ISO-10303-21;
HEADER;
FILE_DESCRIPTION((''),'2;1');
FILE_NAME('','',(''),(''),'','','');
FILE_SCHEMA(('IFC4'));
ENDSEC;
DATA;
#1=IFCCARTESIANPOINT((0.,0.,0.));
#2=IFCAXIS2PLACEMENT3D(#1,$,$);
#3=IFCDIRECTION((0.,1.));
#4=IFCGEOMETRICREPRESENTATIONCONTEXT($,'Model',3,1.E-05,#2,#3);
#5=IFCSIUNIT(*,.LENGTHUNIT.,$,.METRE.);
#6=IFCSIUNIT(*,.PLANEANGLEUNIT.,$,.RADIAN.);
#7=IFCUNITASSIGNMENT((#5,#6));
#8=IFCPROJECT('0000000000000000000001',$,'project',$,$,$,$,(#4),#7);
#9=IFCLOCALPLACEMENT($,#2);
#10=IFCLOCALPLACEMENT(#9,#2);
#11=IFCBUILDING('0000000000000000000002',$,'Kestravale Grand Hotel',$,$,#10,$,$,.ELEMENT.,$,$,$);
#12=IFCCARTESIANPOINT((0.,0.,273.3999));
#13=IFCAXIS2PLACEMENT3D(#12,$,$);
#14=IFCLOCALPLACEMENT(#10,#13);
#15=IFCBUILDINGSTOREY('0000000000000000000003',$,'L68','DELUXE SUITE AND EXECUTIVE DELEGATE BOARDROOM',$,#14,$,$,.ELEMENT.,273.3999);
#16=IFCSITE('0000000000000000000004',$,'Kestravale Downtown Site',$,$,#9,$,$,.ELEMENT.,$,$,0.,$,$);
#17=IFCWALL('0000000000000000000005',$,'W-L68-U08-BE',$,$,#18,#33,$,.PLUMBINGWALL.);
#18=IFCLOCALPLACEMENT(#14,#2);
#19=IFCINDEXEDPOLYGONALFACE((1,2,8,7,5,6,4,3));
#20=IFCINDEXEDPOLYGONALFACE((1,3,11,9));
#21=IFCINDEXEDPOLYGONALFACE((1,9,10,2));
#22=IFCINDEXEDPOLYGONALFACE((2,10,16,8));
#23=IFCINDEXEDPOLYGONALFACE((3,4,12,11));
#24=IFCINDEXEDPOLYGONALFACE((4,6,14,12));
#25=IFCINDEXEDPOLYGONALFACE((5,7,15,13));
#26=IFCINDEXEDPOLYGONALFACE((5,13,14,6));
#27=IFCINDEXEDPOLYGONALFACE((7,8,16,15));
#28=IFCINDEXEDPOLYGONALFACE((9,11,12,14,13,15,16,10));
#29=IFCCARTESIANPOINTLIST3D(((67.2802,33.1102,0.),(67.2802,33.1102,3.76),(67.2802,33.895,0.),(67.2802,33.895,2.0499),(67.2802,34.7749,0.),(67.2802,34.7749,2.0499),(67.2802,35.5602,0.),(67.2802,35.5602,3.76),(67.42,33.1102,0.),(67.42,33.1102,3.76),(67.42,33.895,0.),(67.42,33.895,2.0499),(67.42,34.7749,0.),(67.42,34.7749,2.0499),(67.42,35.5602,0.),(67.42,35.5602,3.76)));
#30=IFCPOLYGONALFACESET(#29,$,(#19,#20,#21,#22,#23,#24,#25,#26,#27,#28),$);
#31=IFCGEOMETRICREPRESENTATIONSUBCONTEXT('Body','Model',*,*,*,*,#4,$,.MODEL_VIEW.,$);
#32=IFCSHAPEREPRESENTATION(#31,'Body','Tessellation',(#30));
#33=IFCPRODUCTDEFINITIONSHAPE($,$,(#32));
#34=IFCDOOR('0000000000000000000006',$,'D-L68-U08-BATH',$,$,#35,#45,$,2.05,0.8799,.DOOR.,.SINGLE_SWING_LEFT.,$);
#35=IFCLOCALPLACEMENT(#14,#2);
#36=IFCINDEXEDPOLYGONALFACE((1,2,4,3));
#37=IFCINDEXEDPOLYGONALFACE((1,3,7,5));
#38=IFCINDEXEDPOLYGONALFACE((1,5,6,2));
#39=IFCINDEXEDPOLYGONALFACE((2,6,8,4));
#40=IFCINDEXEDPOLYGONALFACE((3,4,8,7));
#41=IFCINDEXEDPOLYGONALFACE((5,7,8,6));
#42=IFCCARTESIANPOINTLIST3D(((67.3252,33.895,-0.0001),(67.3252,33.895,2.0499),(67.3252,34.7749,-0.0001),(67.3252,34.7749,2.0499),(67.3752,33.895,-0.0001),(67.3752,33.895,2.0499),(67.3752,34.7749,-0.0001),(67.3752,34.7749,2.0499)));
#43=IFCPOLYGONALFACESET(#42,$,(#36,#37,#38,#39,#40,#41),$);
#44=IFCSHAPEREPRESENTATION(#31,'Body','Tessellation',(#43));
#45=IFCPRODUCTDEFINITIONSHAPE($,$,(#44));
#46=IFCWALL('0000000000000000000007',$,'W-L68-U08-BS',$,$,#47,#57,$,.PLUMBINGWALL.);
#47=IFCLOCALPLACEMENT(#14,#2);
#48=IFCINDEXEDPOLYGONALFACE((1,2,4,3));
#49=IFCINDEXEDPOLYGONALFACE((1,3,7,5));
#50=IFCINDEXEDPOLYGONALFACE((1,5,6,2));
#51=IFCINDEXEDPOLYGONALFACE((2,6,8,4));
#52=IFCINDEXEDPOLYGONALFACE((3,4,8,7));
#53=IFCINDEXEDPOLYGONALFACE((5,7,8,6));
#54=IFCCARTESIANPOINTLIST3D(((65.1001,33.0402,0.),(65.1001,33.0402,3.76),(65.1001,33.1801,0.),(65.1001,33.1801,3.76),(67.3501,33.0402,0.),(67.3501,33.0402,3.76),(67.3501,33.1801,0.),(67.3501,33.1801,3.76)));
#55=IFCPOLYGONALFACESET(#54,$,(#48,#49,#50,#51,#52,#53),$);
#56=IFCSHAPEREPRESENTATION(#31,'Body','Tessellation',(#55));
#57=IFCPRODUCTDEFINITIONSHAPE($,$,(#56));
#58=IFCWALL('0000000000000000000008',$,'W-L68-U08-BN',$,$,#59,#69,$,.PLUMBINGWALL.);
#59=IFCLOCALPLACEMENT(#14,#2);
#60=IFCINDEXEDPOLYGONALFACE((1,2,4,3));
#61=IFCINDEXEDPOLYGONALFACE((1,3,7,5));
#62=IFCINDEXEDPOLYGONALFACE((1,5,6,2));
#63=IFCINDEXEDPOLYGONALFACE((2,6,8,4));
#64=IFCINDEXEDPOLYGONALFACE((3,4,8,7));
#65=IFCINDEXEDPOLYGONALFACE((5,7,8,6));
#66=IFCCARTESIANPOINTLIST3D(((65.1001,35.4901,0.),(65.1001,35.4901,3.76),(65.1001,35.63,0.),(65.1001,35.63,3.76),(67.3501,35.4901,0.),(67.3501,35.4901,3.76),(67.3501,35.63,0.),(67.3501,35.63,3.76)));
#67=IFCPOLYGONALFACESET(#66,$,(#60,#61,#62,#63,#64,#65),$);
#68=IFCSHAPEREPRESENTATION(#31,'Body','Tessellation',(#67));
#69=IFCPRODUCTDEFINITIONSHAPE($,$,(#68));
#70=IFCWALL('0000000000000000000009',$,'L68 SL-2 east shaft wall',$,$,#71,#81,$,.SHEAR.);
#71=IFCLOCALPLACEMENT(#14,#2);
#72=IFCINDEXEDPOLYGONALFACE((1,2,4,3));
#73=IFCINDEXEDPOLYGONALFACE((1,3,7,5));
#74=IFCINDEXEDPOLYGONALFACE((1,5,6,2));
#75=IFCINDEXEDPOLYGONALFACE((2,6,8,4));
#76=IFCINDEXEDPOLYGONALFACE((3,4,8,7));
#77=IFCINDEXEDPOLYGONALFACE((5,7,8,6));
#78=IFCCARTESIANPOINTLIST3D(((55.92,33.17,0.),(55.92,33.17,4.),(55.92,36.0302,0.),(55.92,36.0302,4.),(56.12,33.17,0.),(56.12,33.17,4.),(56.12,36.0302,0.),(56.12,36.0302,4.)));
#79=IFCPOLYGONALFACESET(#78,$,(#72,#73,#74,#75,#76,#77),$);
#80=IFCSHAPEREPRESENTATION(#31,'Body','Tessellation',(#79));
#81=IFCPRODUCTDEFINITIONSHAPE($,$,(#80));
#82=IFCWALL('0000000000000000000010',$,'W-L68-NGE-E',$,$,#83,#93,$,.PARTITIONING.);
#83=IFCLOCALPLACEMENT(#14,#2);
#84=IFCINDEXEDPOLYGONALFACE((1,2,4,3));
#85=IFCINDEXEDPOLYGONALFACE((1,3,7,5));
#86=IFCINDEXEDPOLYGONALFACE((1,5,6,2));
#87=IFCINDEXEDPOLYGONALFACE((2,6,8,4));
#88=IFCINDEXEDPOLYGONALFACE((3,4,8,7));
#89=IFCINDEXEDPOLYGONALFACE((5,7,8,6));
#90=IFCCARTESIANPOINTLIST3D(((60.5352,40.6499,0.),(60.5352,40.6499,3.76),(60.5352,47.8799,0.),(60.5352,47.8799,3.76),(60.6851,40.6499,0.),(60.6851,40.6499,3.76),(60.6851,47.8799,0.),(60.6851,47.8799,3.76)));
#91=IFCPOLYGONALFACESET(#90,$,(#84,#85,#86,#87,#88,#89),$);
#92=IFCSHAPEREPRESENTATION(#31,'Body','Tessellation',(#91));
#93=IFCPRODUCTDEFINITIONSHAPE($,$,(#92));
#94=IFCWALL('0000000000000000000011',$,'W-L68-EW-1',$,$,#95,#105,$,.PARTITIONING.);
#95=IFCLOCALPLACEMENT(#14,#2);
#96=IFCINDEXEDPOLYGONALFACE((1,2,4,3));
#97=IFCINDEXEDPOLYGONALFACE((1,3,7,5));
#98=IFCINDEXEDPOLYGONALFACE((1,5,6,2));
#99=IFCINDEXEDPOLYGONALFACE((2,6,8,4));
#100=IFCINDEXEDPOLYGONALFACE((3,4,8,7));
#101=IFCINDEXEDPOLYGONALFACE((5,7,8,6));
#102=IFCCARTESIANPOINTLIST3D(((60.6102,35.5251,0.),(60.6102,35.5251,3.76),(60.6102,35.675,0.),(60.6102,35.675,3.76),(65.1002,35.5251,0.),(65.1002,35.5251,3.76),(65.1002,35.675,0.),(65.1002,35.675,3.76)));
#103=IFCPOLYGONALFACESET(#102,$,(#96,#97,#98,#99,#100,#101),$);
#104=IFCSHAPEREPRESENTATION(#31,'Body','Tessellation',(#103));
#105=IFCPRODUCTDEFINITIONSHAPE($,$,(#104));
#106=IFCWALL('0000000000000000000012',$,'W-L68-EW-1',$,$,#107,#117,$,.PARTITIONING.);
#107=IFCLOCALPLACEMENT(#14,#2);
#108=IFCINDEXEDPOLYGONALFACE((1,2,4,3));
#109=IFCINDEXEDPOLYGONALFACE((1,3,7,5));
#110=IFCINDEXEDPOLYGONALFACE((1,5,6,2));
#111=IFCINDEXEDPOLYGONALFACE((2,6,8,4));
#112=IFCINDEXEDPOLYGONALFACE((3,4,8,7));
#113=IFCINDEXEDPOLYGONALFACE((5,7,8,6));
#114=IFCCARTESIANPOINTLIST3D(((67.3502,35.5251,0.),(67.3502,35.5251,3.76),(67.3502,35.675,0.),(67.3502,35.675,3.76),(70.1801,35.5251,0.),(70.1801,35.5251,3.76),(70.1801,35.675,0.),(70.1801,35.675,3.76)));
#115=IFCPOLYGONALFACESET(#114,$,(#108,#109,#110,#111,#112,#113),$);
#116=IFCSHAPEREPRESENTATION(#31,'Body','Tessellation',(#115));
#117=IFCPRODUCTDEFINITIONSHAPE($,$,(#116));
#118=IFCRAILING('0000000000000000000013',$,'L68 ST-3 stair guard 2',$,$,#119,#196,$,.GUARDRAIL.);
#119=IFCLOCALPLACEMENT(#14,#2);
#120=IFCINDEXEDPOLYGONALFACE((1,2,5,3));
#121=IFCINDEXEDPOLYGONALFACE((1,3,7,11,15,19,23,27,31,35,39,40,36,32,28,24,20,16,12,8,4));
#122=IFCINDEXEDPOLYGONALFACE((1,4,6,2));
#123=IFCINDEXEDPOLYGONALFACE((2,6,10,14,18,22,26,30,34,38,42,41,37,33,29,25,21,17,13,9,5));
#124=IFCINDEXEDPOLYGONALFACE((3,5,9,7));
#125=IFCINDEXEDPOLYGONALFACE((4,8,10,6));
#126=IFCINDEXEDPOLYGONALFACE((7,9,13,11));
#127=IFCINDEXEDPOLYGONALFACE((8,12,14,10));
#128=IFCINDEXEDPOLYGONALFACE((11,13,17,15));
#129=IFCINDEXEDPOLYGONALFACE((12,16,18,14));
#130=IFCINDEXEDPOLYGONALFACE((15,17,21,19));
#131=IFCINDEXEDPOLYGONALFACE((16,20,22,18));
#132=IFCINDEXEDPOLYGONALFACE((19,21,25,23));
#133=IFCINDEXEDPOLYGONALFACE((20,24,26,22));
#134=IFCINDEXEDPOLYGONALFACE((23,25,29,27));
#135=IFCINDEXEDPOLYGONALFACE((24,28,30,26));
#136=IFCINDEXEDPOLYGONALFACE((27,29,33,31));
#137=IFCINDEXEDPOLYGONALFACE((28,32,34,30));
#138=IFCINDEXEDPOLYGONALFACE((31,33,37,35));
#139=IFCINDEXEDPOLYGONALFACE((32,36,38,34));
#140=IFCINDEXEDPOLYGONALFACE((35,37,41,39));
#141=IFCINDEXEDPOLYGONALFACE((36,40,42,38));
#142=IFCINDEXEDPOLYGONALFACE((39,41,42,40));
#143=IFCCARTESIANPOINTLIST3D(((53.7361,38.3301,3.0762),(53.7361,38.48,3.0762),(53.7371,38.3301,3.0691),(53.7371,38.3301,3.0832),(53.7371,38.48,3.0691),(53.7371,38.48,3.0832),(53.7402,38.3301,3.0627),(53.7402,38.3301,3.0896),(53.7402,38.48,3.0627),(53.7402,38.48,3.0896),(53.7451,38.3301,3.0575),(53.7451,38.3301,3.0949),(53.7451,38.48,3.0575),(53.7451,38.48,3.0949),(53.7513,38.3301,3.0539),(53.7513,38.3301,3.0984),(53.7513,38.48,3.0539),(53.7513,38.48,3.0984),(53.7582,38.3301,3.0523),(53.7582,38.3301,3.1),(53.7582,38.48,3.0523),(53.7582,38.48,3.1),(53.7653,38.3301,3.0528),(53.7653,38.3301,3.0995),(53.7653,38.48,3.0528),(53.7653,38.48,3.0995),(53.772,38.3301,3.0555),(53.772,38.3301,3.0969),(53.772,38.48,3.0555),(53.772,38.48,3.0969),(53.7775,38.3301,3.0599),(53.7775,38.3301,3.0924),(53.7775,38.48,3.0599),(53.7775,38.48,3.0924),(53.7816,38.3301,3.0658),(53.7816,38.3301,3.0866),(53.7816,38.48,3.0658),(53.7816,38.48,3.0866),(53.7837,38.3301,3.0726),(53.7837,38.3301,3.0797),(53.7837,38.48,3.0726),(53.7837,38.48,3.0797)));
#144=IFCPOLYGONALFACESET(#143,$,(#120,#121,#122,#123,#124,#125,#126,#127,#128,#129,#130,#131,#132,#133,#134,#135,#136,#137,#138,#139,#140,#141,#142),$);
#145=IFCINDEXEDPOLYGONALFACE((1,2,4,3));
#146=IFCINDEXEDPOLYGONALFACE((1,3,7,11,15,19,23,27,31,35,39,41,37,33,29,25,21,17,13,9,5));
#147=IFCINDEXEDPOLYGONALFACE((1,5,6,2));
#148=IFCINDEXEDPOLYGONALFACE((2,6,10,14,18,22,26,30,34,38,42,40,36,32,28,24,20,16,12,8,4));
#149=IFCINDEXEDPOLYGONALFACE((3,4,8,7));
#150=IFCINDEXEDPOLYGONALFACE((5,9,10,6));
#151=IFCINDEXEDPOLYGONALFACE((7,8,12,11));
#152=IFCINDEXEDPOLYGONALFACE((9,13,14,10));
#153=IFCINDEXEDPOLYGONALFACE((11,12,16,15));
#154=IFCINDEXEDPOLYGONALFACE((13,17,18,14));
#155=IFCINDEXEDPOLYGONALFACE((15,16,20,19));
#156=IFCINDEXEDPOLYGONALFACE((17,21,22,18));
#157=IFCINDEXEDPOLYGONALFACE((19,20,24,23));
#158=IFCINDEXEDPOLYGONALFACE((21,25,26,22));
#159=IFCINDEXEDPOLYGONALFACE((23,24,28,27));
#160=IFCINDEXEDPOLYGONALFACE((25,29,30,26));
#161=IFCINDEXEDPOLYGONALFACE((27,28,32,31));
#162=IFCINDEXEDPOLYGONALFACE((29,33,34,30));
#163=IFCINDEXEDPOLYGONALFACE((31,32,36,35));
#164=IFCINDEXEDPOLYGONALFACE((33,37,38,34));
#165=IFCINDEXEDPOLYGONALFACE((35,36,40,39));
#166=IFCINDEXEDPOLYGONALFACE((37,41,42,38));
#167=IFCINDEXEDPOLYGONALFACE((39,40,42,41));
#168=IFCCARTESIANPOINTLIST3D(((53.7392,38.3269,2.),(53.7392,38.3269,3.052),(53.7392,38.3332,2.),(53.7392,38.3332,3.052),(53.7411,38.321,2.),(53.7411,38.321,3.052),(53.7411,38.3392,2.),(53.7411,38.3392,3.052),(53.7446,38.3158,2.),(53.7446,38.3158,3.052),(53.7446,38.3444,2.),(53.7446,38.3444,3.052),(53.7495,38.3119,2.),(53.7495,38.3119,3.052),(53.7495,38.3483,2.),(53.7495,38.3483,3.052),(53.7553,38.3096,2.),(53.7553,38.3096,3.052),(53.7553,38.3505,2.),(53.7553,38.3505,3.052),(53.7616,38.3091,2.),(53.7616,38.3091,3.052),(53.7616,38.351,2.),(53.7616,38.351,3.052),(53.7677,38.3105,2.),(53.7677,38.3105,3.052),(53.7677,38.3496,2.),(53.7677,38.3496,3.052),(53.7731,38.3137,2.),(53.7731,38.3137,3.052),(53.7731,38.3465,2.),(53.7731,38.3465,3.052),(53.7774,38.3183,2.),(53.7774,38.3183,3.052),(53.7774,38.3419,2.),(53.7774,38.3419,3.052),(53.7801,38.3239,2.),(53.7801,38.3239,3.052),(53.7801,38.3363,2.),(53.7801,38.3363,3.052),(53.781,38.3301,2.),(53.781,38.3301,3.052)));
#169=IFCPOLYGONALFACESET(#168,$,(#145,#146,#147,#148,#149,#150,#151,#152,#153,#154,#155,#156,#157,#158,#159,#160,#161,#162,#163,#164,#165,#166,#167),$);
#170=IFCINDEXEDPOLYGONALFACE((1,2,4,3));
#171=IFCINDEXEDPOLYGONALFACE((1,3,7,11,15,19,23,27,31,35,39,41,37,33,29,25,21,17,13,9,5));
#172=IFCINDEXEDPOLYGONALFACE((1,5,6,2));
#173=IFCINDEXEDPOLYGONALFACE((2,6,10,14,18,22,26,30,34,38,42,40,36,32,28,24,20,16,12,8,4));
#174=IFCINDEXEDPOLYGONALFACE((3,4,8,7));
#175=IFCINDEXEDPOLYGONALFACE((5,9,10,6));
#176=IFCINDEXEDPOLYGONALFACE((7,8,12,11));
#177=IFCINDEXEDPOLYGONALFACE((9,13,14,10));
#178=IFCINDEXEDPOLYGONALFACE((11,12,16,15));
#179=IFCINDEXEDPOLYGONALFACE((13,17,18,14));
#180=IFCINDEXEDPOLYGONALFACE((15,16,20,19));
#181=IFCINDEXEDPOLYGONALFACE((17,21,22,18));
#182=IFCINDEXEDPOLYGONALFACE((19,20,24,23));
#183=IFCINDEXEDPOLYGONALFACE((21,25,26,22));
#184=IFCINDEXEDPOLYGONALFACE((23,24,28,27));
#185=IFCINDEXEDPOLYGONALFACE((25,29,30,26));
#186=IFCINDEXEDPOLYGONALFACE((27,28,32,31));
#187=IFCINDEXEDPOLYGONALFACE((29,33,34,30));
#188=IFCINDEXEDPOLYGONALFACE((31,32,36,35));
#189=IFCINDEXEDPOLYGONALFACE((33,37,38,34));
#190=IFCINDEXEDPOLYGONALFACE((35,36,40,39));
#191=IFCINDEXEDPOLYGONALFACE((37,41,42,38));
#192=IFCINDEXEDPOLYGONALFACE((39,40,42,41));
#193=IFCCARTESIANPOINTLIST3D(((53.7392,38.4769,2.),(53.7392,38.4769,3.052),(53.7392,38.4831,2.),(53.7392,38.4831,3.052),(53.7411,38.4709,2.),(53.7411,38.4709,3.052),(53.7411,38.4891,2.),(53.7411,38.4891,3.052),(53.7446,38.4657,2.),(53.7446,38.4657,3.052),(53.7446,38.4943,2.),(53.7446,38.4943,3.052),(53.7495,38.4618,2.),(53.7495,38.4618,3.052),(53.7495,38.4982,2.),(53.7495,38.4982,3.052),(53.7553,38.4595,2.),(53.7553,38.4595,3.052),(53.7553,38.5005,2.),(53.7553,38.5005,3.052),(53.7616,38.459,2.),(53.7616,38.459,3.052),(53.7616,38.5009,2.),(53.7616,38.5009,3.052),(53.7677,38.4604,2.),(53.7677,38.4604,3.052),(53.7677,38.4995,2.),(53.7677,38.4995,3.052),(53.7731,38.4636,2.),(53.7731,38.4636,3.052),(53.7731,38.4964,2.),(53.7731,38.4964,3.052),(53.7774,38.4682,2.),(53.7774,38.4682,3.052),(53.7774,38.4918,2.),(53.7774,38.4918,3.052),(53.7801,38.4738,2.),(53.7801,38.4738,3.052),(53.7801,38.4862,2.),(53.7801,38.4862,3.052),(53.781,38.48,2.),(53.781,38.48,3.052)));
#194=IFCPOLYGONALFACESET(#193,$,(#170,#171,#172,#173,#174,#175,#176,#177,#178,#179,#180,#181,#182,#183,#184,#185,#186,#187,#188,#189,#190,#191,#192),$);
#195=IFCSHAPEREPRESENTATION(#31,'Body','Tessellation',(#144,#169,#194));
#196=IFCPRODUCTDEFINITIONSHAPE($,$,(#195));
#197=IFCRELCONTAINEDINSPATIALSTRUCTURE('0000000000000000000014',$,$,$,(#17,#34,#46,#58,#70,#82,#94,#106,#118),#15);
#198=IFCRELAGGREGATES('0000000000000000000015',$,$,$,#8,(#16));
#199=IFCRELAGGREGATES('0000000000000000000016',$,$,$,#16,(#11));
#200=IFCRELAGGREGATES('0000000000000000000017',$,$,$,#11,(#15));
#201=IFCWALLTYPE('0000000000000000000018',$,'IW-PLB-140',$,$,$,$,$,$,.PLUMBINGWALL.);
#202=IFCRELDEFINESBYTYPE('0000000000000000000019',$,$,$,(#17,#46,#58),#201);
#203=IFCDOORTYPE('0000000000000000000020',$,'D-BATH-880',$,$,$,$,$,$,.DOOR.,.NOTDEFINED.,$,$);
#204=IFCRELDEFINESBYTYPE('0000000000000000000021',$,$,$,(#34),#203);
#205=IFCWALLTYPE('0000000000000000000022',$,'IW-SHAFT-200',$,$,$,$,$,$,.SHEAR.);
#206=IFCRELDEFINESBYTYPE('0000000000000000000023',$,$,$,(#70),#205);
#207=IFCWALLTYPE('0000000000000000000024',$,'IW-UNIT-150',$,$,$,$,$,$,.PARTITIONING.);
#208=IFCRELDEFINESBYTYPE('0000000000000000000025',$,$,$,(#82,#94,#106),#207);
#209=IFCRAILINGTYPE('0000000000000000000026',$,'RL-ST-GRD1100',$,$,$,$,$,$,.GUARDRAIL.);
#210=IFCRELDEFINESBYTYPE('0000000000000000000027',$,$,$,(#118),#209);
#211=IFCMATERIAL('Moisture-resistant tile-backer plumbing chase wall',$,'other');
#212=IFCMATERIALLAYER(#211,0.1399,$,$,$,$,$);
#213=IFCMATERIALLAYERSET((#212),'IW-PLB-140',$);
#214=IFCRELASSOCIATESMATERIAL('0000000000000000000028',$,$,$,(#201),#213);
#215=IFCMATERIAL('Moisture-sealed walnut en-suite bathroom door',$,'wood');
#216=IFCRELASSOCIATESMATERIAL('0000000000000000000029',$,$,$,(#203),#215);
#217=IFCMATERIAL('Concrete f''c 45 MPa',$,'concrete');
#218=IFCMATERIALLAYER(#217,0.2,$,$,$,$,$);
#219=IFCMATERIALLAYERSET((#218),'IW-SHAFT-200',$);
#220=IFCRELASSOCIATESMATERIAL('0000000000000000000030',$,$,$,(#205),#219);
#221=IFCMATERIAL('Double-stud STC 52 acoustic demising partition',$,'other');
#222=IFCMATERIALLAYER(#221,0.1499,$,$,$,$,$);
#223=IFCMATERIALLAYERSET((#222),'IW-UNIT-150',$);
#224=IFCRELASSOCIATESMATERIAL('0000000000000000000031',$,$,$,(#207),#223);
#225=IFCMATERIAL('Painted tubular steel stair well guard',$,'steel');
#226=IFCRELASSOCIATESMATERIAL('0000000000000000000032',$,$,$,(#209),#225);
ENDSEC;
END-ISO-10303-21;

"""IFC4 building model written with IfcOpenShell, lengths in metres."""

from ifc_helpers import new_model, si_unit, direction, frame, frame_2d, origin, origin_2d, place, context, subcontext, project, spatial, rectangle, circle, extrude, material, layer, layer_set, type_object, element, fill, save


model = new_model("IFC4")

# Units and contexts
model_context = context("Model", 3, precision=1e-05, world=origin(), true_north=direction((0.0, 1.0)))
body_context = subcontext(model_context, "Body", "Model", "MODEL_VIEW")
ifc_project = project(units=[si_unit("LENGTHUNIT", "METRE"), si_unit("PLANEANGLEUNIT", "RADIAN")], contexts=[model_context])

# Site, building, storey
site_placement = place(None, origin())
site = spatial("IfcSite", under=ifc_project, at=site_placement, Name="Kestravale Downtown Site", CompositionType="ELEMENT", RefElevation=0.0)
building_placement = place(site_placement, origin())
building = spatial("IfcBuilding", under=site, at=building_placement, Name="Kestravale Grand Hotel", CompositionType="ELEMENT")
storey_placement = place(building_placement, frame((0.0, 0.0, 273.3999)))
storey = spatial("IfcBuildingStorey", under=building, at=storey_placement, Name="L68", Description="DELUXE SUITE AND EXECUTIVE DELEGATE BOARDROOM", CompositionType="ELEMENT", Elevation=273.3999)

# Shared definitions
ifc_material_1 = material(Name="Moisture-resistant tile-backer plumbing chase wall", Category="other")
ifc_layer_1 = layer(ifc_material_1, 0.1399)
ifc_layer_set_1 = layer_set([ifc_layer_1], Name="IW-PLB-140")
wall_type_1 = type_object("IfcWallType", Name="IW-PLB-140", PredefinedType="PLUMBINGWALL", material=ifc_layer_set_1)

# Wall, opening, door
wall_1_placement = place(storey_placement, frame((67.3501, 33.1101, 0.0), z_axis=(0.0, 0.0, 1.0), x_axis=(0.0, 1.0, 0.0)))
wall_1 = element("IfcWall", 1, at=wall_1_placement, inside=storey, type_object=wall_type_1, Name="W-L68-U08-BE", PredefinedType="PLUMBINGWALL", context=body_context, shape_type="SweptSolid", body=[
    extrude(rectangle(XDim=2.45, YDim=0.1399, at=frame_2d((1.2251, 0.0))), origin(), (0.0, 0.0, 1.0), 3.76),
])
opening_1_placement = place(wall_1_placement, frame((0.7849, 0.0, 0.0)))
opening_1 = element("IfcOpeningElement", 2, at=opening_1_placement, cuts=wall_1, PredefinedType="OPENING", context=body_context, shape_type="SweptSolid", body=[
    extrude(rectangle(XDim=0.8799, YDim=2.05, at=frame_2d((0.4399, 1.0249))), frame((0.0, 0.0798, 0.0), z_axis=(0.0, -1.0, 0.0), x_axis=(1.0, 0.0, 0.0)), (0.0, 0.0, 1.0), 0.1599),
])
ifc_material_2 = material(Name="Moisture-sealed walnut en-suite bathroom door", Category="wood")
door_type_1 = type_object("IfcDoorType", Name="D-BATH-880", OperationType="NOTDEFINED", PredefinedType="DOOR", material=ifc_material_2)
door_1_placement = place(opening_1_placement, origin())
door_1 = element("IfcDoor", 3, at=door_1_placement, inside=storey, type_object=door_type_1, Name="D-L68-U08-BATH", OperationType="SINGLE_SWING_LEFT", OverallHeight=2.05, OverallWidth=0.8799, PredefinedType="DOOR", context=body_context, shape_type="SweptSolid", body=[
    extrude(rectangle(XDim=0.8799, YDim=2.05, at=frame_2d((0.4399, 1.0249))), frame((0.0, 0.0249, 0.0), z_axis=(0.0, -1.0, 0.0), x_axis=(1.0, 0.0, 0.0)), (0.0, 0.0, 1.0), 0.05),
])
fill(opening_1, door_1)

# Walls
for number, where, z_axis, x_axis, name in (
    (4, (65.1001, 33.1101, 0.0), (0.0, 0.0, 1.0), (1.0, 0.0, 0.0), "W-L68-U08-BS"),
    (5, (65.1001, 35.5601, 0.0), (0.0, 0.0, 1.0), (1.0, 0.0, 0.0), "W-L68-U08-BN"),
):
    element("IfcWall", number, at=place(storey_placement, frame(where, z_axis=z_axis, x_axis=x_axis)), inside=storey, type_object=wall_type_1, Name=name, PredefinedType="PLUMBINGWALL", context=body_context, shape_type="SweptSolid", body=[
        extrude(rectangle(XDim=2.25, YDim=0.1399, at=frame_2d((1.125, 0.0))), origin(), (0.0, 0.0, 1.0), 3.76),
    ])
ifc_material_3 = material(Name="Concrete f'c 45 MPa", Category="concrete")
ifc_layer_2 = layer(ifc_material_3, 0.2)
ifc_layer_set_2 = layer_set([ifc_layer_2], Name="IW-SHAFT-200")
wall_type_2 = type_object("IfcWallType", Name="IW-SHAFT-200", PredefinedType="SHEAR", material=ifc_layer_set_2)
wall_2_placement = place(storey_placement, frame((56.02, 33.1699, 0.0), z_axis=(0.0, 0.0, 1.0), x_axis=(0.0, 1.0, 0.0)))
element("IfcWall", 6, at=wall_2_placement, inside=storey, type_object=wall_type_2, Name="L68 SL-2 east shaft wall", PredefinedType="SHEAR", context=body_context, shape_type="SweptSolid", body=[
    extrude(rectangle(XDim=2.8601, YDim=0.2, at=frame_2d((1.4302, 0.0))), origin(), (0.0, 0.0, 1.0), 4.0),
])

# Shared definitions
ifc_material_4 = material(Name="Double-stud STC 52 acoustic demising partition", Category="other")
ifc_layer_3 = layer(ifc_material_4, 0.1499)
ifc_layer_set_3 = layer_set([ifc_layer_3], Name="IW-UNIT-150")
wall_type_3 = type_object("IfcWallType", Name="IW-UNIT-150", PredefinedType="PARTITIONING", material=ifc_layer_set_3)

# Walls
wall_3_placement = place(storey_placement, frame((60.6101, 40.6499, 0.0), z_axis=(0.0, 0.0, 1.0), x_axis=(0.0, 1.0, 0.0)))
element("IfcWall", 7, at=wall_3_placement, inside=storey, type_object=wall_type_3, Name="W-L68-NGE-E", PredefinedType="PARTITIONING", context=body_context, shape_type="SweptSolid", body=[
    extrude(rectangle(XDim=7.23, YDim=0.1499, at=frame_2d((3.615, 0.0))), origin(), (0.0, 0.0, 1.0), 3.76),
])
wall_4_placement = place(storey_placement, frame((60.6101, 35.6001, 0.0), z_axis=(0.0, 0.0, 1.0), x_axis=(1.0, 0.0, 0.0)))
element("IfcWall", 8, at=wall_4_placement, inside=storey, type_object=wall_type_3, Name="W-L68-EW-1", PredefinedType="PARTITIONING", context=body_context, shape_type="SweptSolid", body=[
    extrude(rectangle(XDim=4.49, YDim=0.1499, at=frame_2d((2.2451, 0.0))), origin(), (0.0, 0.0, 1.0), 3.76),
])
wall_5_placement = place(storey_placement, frame((67.3501, 35.6001, 0.0), z_axis=(0.0, 0.0, 1.0), x_axis=(1.0, 0.0, 0.0)))
element("IfcWall", 9, at=wall_5_placement, inside=storey, type_object=wall_type_3, Name="W-L68-EW-1", PredefinedType="PARTITIONING", context=body_context, shape_type="SweptSolid", body=[
    extrude(rectangle(XDim=2.8298, YDim=0.1499, at=frame_2d((1.415, 0.0))), origin(), (0.0, 0.0, 1.0), 3.76),
])

# Railing
ifc_material_5 = material(Name="Painted tubular steel stair well guard", Category="steel")
railing_type = type_object("IfcRailingType", Name="RL-ST-GRD1100", PredefinedType="GUARDRAIL", material=ifc_material_5)
railing_placement = place(storey_placement, frame((53.76, 38.3301, 2.0)))
element("IfcRailing", 10, at=railing_placement, inside=storey, type_object=railing_type, Name="L68 ST-3 stair guard 2", PredefinedType="GUARDRAIL", context=body_context, shape_type="SweptSolid", body=[
    extrude(circle(Radius=0.0239, at=origin_2d()), frame((0.0, 0.0, 1.0762), z_axis=(0.0, 1.0, 0.0), x_axis=(-1.0, 0.0, 0.0)), (0.0, 0.0, 1.0), 0.1499),
    extrude(circle(Radius=0.021, at=origin_2d()), origin(), (0.0, 0.0, 1.0), 1.052),
    extrude(circle(Radius=0.021, at=origin_2d()), frame((0.0, 0.1499, 0.0)), (0.0, 0.0, 1.0), 1.052),
])

save(model, "model.ifc")
